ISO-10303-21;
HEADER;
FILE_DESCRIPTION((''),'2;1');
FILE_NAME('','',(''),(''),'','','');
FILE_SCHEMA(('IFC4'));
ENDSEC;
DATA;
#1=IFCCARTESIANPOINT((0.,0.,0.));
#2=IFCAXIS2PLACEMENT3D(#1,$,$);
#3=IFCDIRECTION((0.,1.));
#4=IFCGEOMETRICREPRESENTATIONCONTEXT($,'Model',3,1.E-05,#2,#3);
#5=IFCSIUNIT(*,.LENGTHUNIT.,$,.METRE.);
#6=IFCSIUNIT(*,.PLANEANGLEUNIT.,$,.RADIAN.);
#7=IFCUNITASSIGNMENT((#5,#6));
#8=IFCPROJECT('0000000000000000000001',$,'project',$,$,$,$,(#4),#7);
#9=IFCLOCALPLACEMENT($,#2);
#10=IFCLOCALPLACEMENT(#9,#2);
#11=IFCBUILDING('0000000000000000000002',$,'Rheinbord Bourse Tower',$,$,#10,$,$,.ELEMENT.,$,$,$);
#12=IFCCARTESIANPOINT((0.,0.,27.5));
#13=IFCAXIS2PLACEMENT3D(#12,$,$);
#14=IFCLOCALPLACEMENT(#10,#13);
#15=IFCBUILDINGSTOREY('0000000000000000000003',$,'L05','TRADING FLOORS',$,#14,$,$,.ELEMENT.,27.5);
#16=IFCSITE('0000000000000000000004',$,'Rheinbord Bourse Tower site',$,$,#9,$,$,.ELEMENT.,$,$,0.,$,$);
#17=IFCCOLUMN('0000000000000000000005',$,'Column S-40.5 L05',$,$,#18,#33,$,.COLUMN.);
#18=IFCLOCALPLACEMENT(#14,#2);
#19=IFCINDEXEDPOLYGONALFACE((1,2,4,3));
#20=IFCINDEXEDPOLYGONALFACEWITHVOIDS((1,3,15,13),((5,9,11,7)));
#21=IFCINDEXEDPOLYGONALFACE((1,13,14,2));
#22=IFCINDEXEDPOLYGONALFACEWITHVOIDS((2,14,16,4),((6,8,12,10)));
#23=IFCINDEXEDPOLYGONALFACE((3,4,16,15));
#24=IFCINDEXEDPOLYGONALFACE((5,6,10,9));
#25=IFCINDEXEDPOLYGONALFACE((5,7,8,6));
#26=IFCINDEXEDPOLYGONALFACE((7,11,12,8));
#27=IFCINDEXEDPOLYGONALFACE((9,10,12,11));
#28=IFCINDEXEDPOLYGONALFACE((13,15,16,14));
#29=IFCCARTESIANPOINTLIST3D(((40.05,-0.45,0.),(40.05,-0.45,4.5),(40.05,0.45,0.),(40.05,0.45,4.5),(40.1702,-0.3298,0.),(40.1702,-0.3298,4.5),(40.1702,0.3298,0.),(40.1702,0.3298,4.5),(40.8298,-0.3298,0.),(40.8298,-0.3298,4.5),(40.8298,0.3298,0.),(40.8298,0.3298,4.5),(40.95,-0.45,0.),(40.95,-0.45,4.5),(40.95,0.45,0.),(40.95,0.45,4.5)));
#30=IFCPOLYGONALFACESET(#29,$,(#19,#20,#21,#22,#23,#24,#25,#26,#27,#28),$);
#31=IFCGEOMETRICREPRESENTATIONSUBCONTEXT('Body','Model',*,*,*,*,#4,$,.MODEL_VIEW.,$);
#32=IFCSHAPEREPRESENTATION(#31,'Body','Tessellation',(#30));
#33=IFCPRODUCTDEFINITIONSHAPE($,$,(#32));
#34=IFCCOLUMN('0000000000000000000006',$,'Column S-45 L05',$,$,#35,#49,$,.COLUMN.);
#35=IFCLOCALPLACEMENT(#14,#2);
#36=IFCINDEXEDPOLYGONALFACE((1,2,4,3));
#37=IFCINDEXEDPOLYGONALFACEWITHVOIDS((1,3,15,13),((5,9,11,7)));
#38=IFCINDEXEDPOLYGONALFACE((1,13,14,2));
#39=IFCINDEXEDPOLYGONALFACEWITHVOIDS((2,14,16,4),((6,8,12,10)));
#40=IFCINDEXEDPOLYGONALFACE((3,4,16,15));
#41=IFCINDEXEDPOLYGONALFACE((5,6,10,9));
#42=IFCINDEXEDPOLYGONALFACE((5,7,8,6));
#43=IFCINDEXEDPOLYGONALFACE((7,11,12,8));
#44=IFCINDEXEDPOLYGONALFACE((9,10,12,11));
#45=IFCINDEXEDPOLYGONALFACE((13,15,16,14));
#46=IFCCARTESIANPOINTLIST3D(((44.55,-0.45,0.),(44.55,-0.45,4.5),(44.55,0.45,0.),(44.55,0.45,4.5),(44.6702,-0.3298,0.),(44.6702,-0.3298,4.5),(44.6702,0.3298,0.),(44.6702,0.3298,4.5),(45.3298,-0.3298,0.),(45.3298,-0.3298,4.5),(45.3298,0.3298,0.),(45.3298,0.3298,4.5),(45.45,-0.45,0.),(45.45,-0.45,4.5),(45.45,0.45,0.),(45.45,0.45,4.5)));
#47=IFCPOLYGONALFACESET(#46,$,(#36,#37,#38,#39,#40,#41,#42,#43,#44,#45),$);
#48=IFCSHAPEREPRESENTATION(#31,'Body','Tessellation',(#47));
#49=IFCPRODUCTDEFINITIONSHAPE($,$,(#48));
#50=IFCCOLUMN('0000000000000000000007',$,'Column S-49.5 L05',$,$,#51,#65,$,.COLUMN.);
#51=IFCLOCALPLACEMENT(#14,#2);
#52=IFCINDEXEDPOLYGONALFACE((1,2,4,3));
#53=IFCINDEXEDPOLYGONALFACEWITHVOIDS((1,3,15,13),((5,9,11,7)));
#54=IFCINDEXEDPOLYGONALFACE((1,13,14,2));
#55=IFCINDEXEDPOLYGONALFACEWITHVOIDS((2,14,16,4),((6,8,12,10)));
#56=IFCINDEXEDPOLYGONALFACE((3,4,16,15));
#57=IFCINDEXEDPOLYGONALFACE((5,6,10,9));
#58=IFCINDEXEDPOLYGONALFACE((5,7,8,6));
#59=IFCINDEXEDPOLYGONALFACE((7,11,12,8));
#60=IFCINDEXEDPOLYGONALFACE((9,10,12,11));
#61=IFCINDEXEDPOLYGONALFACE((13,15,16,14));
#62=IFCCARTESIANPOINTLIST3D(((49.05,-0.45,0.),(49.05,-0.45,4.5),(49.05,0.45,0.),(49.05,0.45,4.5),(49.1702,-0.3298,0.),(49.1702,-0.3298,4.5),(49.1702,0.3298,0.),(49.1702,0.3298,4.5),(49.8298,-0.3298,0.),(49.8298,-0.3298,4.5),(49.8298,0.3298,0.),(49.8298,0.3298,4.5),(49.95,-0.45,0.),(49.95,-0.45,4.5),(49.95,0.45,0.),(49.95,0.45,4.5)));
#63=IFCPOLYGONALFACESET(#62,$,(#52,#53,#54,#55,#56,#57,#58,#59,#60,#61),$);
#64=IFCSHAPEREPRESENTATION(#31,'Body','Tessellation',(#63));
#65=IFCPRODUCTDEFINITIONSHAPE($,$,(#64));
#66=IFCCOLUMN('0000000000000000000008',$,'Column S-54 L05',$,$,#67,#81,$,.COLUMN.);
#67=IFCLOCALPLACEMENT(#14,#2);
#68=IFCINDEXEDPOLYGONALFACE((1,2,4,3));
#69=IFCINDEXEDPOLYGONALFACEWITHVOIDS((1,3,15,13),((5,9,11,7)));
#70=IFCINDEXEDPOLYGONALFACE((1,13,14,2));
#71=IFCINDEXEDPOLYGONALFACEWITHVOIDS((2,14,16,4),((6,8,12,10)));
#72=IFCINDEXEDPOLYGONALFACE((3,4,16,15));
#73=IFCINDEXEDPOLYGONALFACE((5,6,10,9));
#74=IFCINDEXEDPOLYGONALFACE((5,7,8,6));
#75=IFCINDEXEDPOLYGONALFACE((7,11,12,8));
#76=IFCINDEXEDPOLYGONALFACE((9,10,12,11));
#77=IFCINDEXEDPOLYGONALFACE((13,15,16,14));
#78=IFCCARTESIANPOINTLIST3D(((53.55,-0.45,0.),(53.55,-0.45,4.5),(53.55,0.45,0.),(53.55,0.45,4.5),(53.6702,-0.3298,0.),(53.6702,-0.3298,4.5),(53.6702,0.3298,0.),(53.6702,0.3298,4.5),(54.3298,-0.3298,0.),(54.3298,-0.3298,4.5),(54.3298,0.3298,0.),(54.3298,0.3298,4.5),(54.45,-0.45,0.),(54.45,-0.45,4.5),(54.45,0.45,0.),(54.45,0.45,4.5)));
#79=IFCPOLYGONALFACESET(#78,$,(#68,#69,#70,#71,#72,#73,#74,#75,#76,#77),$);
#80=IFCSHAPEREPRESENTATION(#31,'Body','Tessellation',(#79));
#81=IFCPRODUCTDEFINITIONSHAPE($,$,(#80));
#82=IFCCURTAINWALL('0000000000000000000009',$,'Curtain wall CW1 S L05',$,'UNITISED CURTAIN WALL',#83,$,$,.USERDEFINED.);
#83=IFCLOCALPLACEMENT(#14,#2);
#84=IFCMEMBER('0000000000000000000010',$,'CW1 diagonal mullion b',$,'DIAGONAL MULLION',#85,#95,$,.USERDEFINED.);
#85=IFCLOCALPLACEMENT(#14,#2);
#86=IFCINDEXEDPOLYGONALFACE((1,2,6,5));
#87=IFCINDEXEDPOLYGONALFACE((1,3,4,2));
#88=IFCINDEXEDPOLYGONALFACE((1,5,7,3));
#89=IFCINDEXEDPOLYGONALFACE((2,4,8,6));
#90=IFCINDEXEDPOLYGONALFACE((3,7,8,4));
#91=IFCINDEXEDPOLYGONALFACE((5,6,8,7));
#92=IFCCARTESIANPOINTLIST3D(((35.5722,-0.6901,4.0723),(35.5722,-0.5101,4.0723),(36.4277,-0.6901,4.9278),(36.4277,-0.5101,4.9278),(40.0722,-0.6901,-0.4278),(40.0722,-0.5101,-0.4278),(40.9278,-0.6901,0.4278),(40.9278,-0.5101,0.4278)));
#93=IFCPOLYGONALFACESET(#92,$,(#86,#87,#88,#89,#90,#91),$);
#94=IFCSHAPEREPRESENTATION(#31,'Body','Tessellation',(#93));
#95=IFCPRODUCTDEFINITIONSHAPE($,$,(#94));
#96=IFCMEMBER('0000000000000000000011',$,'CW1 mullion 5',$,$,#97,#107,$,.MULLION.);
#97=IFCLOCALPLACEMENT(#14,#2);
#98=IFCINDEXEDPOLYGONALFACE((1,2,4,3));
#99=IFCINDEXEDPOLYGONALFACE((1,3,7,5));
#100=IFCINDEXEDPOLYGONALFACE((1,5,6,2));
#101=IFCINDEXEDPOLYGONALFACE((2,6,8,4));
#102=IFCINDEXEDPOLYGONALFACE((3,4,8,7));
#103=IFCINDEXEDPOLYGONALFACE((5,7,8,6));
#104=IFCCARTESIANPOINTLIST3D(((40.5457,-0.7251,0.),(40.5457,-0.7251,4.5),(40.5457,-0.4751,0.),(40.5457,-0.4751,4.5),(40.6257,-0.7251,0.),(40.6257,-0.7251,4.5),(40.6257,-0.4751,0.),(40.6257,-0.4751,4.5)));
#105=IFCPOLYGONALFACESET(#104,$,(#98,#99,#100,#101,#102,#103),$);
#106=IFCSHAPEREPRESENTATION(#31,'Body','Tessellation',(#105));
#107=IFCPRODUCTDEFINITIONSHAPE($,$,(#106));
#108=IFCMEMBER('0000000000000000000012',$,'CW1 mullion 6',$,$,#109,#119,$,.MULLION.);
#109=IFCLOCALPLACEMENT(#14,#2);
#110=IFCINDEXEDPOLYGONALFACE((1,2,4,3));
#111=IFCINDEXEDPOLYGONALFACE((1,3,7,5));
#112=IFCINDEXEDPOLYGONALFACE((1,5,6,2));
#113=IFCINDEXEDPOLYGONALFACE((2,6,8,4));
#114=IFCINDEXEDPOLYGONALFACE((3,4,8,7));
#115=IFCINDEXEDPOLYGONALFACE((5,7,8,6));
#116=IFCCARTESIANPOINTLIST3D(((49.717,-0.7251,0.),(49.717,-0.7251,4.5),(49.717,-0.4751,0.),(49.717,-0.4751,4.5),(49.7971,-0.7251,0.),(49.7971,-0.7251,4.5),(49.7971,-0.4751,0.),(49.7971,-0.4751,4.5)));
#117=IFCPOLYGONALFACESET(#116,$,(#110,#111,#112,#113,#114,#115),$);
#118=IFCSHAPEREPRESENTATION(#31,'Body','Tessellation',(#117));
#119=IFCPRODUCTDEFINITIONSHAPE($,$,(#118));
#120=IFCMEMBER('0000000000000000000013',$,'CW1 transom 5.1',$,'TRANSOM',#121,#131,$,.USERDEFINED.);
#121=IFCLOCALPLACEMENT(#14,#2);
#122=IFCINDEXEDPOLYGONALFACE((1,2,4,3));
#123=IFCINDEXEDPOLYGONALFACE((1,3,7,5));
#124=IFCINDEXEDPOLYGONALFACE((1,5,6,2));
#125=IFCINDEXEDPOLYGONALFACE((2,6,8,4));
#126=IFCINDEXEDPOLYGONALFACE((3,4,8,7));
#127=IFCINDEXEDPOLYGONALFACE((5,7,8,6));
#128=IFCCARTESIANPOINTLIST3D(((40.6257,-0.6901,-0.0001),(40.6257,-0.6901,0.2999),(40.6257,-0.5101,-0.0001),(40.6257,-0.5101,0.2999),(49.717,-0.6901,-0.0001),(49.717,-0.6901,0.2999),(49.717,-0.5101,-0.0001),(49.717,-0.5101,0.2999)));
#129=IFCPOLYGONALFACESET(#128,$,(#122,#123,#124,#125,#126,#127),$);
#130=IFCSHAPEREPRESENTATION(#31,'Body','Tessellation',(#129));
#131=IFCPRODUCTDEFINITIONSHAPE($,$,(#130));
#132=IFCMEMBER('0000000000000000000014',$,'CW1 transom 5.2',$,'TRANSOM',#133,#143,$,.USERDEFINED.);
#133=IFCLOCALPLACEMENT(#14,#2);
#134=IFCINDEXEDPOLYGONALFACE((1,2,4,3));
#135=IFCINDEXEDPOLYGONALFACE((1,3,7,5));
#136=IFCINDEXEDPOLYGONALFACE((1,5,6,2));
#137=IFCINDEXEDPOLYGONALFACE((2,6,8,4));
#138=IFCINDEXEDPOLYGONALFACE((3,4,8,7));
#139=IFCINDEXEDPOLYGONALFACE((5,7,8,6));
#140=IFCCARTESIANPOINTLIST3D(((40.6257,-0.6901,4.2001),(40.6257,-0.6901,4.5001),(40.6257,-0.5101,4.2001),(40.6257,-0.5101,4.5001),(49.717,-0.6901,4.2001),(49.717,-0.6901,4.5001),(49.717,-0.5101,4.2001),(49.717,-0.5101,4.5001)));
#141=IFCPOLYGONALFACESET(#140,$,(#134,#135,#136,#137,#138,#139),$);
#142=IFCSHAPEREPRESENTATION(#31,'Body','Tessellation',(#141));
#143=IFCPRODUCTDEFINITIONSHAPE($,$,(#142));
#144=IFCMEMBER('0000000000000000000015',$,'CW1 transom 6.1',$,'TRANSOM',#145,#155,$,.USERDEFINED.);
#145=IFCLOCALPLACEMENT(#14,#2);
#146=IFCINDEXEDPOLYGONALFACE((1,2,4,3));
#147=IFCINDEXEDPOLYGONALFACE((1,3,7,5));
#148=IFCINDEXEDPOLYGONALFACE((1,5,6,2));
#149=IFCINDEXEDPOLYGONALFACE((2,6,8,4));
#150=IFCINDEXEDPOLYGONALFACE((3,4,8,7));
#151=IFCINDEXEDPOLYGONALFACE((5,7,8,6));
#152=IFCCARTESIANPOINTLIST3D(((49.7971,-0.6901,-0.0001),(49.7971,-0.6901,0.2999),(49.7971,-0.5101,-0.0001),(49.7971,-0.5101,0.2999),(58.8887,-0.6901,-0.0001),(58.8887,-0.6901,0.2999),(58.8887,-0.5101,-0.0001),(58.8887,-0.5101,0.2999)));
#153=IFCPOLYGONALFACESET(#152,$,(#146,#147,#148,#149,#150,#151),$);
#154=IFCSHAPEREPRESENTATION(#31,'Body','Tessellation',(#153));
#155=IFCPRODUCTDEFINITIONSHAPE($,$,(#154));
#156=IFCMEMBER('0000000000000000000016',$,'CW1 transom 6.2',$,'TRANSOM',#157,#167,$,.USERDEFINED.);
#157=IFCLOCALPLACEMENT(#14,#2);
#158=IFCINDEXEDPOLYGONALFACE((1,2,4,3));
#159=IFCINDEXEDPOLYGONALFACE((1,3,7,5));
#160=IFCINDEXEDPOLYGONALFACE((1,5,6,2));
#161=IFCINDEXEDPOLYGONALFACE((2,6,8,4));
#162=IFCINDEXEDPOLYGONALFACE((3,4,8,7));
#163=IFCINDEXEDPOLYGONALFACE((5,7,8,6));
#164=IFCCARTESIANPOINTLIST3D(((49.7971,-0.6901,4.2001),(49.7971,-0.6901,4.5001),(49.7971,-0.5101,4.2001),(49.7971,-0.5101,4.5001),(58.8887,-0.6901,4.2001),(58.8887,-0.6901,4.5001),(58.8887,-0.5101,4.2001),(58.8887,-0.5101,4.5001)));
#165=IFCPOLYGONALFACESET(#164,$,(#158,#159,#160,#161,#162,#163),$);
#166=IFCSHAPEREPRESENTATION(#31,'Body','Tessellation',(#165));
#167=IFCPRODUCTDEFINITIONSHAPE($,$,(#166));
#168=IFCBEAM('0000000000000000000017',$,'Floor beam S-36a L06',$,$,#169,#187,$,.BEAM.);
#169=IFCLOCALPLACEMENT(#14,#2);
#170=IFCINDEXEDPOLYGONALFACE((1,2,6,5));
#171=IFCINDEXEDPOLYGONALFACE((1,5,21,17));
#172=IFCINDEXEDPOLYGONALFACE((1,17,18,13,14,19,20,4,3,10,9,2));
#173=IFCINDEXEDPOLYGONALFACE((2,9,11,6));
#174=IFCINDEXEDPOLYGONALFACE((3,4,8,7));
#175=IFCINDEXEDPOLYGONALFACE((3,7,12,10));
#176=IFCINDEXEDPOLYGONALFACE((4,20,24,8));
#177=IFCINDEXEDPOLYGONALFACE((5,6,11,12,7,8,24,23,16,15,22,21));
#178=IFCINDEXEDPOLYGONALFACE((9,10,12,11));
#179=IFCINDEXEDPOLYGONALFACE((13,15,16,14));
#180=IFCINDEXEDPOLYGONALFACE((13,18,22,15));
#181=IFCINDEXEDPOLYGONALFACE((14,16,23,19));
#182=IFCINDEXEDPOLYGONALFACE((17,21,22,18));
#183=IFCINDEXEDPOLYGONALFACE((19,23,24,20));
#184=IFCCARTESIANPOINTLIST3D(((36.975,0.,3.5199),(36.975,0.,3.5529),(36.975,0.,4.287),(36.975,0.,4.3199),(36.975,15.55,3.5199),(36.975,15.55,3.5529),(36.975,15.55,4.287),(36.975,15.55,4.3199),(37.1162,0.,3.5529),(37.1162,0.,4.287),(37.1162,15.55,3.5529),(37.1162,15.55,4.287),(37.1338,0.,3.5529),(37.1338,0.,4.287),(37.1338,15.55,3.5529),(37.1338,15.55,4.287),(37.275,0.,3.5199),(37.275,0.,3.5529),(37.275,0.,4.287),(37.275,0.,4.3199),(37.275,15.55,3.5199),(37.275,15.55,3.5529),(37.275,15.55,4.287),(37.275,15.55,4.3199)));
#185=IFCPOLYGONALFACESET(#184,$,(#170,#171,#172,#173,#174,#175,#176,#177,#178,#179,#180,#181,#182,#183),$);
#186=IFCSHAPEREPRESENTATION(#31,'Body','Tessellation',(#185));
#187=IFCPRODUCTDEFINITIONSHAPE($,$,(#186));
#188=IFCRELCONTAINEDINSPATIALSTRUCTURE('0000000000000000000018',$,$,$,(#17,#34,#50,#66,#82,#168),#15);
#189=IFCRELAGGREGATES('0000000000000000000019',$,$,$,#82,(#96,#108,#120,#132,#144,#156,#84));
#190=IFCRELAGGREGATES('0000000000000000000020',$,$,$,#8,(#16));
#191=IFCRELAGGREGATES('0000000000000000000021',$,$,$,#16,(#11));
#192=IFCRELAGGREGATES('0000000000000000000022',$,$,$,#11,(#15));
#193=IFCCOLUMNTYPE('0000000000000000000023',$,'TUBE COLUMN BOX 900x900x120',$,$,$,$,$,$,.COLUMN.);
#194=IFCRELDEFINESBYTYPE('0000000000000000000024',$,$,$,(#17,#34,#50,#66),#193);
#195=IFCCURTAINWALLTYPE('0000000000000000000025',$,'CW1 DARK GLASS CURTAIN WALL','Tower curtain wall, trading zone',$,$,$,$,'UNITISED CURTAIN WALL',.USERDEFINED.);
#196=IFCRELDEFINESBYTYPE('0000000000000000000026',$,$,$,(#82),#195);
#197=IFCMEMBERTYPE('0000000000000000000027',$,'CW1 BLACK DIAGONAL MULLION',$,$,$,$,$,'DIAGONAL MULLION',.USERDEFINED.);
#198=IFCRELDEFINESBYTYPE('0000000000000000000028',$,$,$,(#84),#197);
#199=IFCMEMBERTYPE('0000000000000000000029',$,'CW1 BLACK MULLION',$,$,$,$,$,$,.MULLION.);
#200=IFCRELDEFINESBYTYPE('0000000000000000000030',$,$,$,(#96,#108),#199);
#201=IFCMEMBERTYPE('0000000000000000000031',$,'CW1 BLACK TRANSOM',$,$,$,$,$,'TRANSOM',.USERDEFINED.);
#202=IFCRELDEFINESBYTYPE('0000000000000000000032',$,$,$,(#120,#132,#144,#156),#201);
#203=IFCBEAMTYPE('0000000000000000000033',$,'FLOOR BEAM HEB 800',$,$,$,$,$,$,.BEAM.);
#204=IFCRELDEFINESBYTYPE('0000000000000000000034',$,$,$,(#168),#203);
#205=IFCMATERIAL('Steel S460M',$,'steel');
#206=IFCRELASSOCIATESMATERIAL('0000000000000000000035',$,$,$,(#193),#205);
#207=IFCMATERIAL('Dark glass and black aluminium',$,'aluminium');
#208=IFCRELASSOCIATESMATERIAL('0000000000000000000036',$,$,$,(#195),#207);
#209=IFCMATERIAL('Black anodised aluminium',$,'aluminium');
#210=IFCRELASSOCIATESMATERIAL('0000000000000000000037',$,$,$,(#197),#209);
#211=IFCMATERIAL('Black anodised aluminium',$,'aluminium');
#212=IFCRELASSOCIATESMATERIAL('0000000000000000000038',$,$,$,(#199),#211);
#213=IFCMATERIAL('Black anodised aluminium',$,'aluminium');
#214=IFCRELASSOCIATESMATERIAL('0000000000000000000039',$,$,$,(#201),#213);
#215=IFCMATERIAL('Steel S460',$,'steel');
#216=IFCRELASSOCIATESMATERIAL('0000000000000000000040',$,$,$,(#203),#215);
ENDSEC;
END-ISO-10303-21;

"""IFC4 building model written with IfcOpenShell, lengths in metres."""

from ifc_helpers import new_model, si_unit, direction, frame, origin, origin_2d, place, context, subcontext, project, spatial, rectangle, hollow_rectangle, i_section, extrude, material, material_profile, profile_set, type_object, element, aggregate, save


model = new_model("IFC4")

# Units and contexts
model_context = context("Model", 3, precision=1e-05, world=origin(), true_north=direction((0.0, 1.0)))
body_context = subcontext(model_context, "Body", "Model", "MODEL_VIEW")
ifc_project = project(units=[si_unit("LENGTHUNIT", "METRE"), si_unit("PLANEANGLEUNIT", "RADIAN")], contexts=[model_context])

# Site, building, storey
site_placement = place(None, origin())
site = spatial("IfcSite", under=ifc_project, at=site_placement, Name="Rheinbord Bourse Tower site", CompositionType="ELEMENT", RefElevation=0.0)
building_placement = place(site_placement, origin())
building = spatial("IfcBuilding", under=site, at=building_placement, Name="Rheinbord Bourse Tower", CompositionType="ELEMENT")
storey_placement = place(building_placement, frame((0.0, 0.0, 27.5)))
storey = spatial("IfcBuildingStorey", under=building, at=storey_placement, Name="L05", Description="TRADING FLOORS", CompositionType="ELEMENT", Elevation=27.5)

# Columns
ifc_material_1 = material(Name="Steel S460M", Category="steel")
ifc_material_profile_1 = material_profile(ifc_material_1, hollow_rectangle(XDim=0.8999, YDim=0.8999, WallThickness=0.1201, at=origin_2d()), Name="BOX 900x900x120")
ifc_profile_set_1 = profile_set([ifc_material_profile_1], Name="Steel S460M")
column_type = type_object("IfcColumnType", Name="TUBE COLUMN BOX 900x900x120", PredefinedType="COLUMN", material=ifc_profile_set_1)
for number, where, z_axis, x_axis, name in (
    (1, (40.5, 0.0, 0.0), (0.0, 0.0, 1.0), (0.0, 1.0, 0.0), "Column S-40.5 L05"),
    (2, (45.0, 0.0, 0.0), (0.0, 0.0, 1.0), (0.0, 1.0, 0.0), "Column S-45 L05"),
    (3, (49.5, 0.0, 0.0), (0.0, 0.0, 1.0), (0.0, 1.0, 0.0), "Column S-49.5 L05"),
    (4, (54.0, 0.0, 0.0), (0.0, 0.0, 1.0), (0.0, 1.0, 0.0), "Column S-54 L05"),
):
    element("IfcColumn", number, at=place(storey_placement, frame(where, z_axis=z_axis, x_axis=x_axis)), inside=storey, type_object=column_type, Name=name, PredefinedType="COLUMN", context=body_context, shape_type="SweptSolid", body=[
        extrude(hollow_rectangle(XDim=0.8999, YDim=0.8999, WallThickness=0.1201, at=origin_2d()), origin(), (0.0, 0.0, 1.0), 4.5),
    ])

# Curtain wall, members
ifc_material_2 = material(Name="Dark glass and black aluminium", Category="aluminium")
curtain_wall_type = type_object("IfcCurtainWallType", Name="CW1 DARK GLASS CURTAIN WALL", Description="Tower curtain wall, trading zone", ElementType="UNITISED CURTAIN WALL", PredefinedType="USERDEFINED", material=ifc_material_2)
curtain_wall_placement = place(storey_placement, origin())
curtain_wall = element("IfcCurtainWall", 5, at=curtain_wall_placement, inside=storey, type_object=curtain_wall_type, Name="Curtain wall CW1 S L05", ObjectType="UNITISED CURTAIN WALL", PredefinedType="USERDEFINED")
ifc_material_3 = material(Name="Black anodised aluminium", Category="aluminium")
ifc_material_profile_2 = material_profile(ifc_material_3, rectangle(XDim=0.1799, YDim=1.21, at=origin_2d()), Name="CW1 DIAGONAL MULLION 1210x180")
ifc_profile_set_2 = profile_set([ifc_material_profile_2], Name="Black anodised aluminium")
member_type_1 = type_object("IfcMemberType", Name="CW1 BLACK DIAGONAL MULLION", ElementType="DIAGONAL MULLION", PredefinedType="USERDEFINED", material=ifc_profile_set_2)
member_1_placement = place(storey_placement, frame((40.5, -0.6001, 0.0), z_axis=(-0.707107, 0.0, 0.707107), x_axis=(0.0, -1.0, 0.0)))
member_1 = element("IfcMember", 6, at=member_1_placement, type_object=member_type_1, Name="CW1 diagonal mullion b", ObjectType="DIAGONAL MULLION", PredefinedType="USERDEFINED", context=body_context, shape_type="SweptSolid", body=[
    extrude(rectangle(XDim=0.1799, YDim=1.21, at=origin_2d()), origin(), (0.0, 0.0, 1.0), 6.364),
])
ifc_material_4 = material(Name="Black anodised aluminium", Category="aluminium")
ifc_material_profile_3 = material_profile(ifc_material_4, rectangle(XDim=0.25, YDim=0.0801, at=origin_2d()), Name="CW1 MULLION 80x250")
ifc_profile_set_3 = profile_set([ifc_material_profile_3], Name="Black anodised aluminium")
member_type_2 = type_object("IfcMemberType", Name="CW1 BLACK MULLION", PredefinedType="MULLION", material=ifc_profile_set_3)
member_2_placement = place(storey_placement, frame((40.5857, -0.6001, 0.0), z_axis=(0.0, 0.0, 1.0), x_axis=(0.0, 1.0, 0.0)))
member_2 = element("IfcMember", 7, at=member_2_placement, type_object=member_type_2, Name="CW1 mullion 5", PredefinedType="MULLION", context=body_context, shape_type="SweptSolid", body=[
    extrude(rectangle(XDim=0.25, YDim=0.0801, at=origin_2d()), origin(), (0.0, 0.0, 1.0), 4.5),
])
member_3_placement = place(storey_placement, frame((49.7571, -0.6001, 0.0), z_axis=(0.0, 0.0, 1.0), x_axis=(0.0, 1.0, 0.0)))
member_3 = element("IfcMember", 8, at=member_3_placement, type_object=member_type_2, Name="CW1 mullion 6", PredefinedType="MULLION", context=body_context, shape_type="SweptSolid", body=[
    extrude(rectangle(XDim=0.25, YDim=0.0801, at=origin_2d()), origin(), (0.0, 0.0, 1.0), 4.5),
])
ifc_material_5 = material(Name="Black anodised aluminium", Category="aluminium")
ifc_material_profile_4 = material_profile(ifc_material_5, rectangle(XDim=0.1799, YDim=0.3, at=origin_2d()), Name="CW1 TRANSOM 300x180")
ifc_profile_set_4 = profile_set([ifc_material_profile_4], Name="Black anodised aluminium")
member_type_3 = type_object("IfcMemberType", Name="CW1 BLACK TRANSOM", ElementType="TRANSOM", PredefinedType="USERDEFINED", material=ifc_profile_set_4)
member_4_placement = place(storey_placement, frame((40.6257, -0.6001, 0.1499), z_axis=(1.0, 0.0, 0.0), x_axis=(0.0, 1.0, 0.0)))
member_4 = element("IfcMember", 9, at=member_4_placement, type_object=member_type_3, Name="CW1 transom 5.1", ObjectType="TRANSOM", PredefinedType="USERDEFINED", context=body_context, shape_type="SweptSolid", body=[
    extrude(rectangle(XDim=0.1799, YDim=0.3, at=origin_2d()), origin(), (0.0, 0.0, 1.0), 9.0913),
])
member_5_placement = place(storey_placement, frame((40.6257, -0.6001, 4.3501), z_axis=(1.0, 0.0, 0.0), x_axis=(0.0, 1.0, 0.0)))
member_5 = element("IfcMember", 10, at=member_5_placement, type_object=member_type_3, Name="CW1 transom 5.2", ObjectType="TRANSOM", PredefinedType="USERDEFINED", context=body_context, shape_type="SweptSolid", body=[
    extrude(rectangle(XDim=0.1799, YDim=0.3, at=origin_2d()), origin(), (0.0, 0.0, 1.0), 9.0913),
])
member_6_placement = place(storey_placement, frame((49.7971, -0.6001, 0.1499), z_axis=(1.0, 0.0, 0.0), x_axis=(0.0, 1.0, 0.0)))
member_6 = element("IfcMember", 11, at=member_6_placement, type_object=member_type_3, Name="CW1 transom 6.1", ObjectType="TRANSOM", PredefinedType="USERDEFINED", context=body_context, shape_type="SweptSolid", body=[
    extrude(rectangle(XDim=0.1799, YDim=0.3, at=origin_2d()), origin(), (0.0, 0.0, 1.0), 9.0916),
])
member_7_placement = place(storey_placement, frame((49.7971, -0.6001, 4.3501), z_axis=(1.0, 0.0, 0.0), x_axis=(0.0, 1.0, 0.0)))
member_7 = element("IfcMember", 12, at=member_7_placement, type_object=member_type_3, Name="CW1 transom 6.2", ObjectType="TRANSOM", PredefinedType="USERDEFINED", context=body_context, shape_type="SweptSolid", body=[
    extrude(rectangle(XDim=0.1799, YDim=0.3, at=origin_2d()), origin(), (0.0, 0.0, 1.0), 9.0916),
])

# Beam
ifc_material_6 = material(Name="Steel S460", Category="steel")
ifc_material_profile_5 = material_profile(ifc_material_6, i_section(OverallWidth=0.3, OverallDepth=0.8, WebThickness=0.0176, FlangeThickness=0.033, at=origin_2d()), Name="HEB 800")
ifc_profile_set_5 = profile_set([ifc_material_profile_5], Name="Steel S460")
beam_type_1 = type_object("IfcBeamType", Name="FLOOR BEAM HEB 800", PredefinedType="BEAM", material=ifc_profile_set_5)
for number, where, z_axis, x_axis, name in (
    (13, (37.125, 0.0, 3.9199), (0.0, 1.0, 0.0), (-1.0, 0.0, 0.0), "Floor beam S-36a L06"),
):
    element("IfcBeam", number, at=place(storey_placement, frame(where, z_axis=z_axis, x_axis=x_axis)), inside=storey, type_object=beam_type_1, Name=name, PredefinedType="BEAM", context=body_context, shape_type="SweptSolid", body=[
        extrude(i_section(OverallWidth=0.3, OverallDepth=0.8, WebThickness=0.0176, FlangeThickness=0.033, at=origin_2d()), origin(), (0.0, 0.0, 1.0), 15.55),
    ])

aggregate(curtain_wall, [member_2, member_3, member_4, member_5, member_6, member_7, member_1])

save(model, "model.ifc")
